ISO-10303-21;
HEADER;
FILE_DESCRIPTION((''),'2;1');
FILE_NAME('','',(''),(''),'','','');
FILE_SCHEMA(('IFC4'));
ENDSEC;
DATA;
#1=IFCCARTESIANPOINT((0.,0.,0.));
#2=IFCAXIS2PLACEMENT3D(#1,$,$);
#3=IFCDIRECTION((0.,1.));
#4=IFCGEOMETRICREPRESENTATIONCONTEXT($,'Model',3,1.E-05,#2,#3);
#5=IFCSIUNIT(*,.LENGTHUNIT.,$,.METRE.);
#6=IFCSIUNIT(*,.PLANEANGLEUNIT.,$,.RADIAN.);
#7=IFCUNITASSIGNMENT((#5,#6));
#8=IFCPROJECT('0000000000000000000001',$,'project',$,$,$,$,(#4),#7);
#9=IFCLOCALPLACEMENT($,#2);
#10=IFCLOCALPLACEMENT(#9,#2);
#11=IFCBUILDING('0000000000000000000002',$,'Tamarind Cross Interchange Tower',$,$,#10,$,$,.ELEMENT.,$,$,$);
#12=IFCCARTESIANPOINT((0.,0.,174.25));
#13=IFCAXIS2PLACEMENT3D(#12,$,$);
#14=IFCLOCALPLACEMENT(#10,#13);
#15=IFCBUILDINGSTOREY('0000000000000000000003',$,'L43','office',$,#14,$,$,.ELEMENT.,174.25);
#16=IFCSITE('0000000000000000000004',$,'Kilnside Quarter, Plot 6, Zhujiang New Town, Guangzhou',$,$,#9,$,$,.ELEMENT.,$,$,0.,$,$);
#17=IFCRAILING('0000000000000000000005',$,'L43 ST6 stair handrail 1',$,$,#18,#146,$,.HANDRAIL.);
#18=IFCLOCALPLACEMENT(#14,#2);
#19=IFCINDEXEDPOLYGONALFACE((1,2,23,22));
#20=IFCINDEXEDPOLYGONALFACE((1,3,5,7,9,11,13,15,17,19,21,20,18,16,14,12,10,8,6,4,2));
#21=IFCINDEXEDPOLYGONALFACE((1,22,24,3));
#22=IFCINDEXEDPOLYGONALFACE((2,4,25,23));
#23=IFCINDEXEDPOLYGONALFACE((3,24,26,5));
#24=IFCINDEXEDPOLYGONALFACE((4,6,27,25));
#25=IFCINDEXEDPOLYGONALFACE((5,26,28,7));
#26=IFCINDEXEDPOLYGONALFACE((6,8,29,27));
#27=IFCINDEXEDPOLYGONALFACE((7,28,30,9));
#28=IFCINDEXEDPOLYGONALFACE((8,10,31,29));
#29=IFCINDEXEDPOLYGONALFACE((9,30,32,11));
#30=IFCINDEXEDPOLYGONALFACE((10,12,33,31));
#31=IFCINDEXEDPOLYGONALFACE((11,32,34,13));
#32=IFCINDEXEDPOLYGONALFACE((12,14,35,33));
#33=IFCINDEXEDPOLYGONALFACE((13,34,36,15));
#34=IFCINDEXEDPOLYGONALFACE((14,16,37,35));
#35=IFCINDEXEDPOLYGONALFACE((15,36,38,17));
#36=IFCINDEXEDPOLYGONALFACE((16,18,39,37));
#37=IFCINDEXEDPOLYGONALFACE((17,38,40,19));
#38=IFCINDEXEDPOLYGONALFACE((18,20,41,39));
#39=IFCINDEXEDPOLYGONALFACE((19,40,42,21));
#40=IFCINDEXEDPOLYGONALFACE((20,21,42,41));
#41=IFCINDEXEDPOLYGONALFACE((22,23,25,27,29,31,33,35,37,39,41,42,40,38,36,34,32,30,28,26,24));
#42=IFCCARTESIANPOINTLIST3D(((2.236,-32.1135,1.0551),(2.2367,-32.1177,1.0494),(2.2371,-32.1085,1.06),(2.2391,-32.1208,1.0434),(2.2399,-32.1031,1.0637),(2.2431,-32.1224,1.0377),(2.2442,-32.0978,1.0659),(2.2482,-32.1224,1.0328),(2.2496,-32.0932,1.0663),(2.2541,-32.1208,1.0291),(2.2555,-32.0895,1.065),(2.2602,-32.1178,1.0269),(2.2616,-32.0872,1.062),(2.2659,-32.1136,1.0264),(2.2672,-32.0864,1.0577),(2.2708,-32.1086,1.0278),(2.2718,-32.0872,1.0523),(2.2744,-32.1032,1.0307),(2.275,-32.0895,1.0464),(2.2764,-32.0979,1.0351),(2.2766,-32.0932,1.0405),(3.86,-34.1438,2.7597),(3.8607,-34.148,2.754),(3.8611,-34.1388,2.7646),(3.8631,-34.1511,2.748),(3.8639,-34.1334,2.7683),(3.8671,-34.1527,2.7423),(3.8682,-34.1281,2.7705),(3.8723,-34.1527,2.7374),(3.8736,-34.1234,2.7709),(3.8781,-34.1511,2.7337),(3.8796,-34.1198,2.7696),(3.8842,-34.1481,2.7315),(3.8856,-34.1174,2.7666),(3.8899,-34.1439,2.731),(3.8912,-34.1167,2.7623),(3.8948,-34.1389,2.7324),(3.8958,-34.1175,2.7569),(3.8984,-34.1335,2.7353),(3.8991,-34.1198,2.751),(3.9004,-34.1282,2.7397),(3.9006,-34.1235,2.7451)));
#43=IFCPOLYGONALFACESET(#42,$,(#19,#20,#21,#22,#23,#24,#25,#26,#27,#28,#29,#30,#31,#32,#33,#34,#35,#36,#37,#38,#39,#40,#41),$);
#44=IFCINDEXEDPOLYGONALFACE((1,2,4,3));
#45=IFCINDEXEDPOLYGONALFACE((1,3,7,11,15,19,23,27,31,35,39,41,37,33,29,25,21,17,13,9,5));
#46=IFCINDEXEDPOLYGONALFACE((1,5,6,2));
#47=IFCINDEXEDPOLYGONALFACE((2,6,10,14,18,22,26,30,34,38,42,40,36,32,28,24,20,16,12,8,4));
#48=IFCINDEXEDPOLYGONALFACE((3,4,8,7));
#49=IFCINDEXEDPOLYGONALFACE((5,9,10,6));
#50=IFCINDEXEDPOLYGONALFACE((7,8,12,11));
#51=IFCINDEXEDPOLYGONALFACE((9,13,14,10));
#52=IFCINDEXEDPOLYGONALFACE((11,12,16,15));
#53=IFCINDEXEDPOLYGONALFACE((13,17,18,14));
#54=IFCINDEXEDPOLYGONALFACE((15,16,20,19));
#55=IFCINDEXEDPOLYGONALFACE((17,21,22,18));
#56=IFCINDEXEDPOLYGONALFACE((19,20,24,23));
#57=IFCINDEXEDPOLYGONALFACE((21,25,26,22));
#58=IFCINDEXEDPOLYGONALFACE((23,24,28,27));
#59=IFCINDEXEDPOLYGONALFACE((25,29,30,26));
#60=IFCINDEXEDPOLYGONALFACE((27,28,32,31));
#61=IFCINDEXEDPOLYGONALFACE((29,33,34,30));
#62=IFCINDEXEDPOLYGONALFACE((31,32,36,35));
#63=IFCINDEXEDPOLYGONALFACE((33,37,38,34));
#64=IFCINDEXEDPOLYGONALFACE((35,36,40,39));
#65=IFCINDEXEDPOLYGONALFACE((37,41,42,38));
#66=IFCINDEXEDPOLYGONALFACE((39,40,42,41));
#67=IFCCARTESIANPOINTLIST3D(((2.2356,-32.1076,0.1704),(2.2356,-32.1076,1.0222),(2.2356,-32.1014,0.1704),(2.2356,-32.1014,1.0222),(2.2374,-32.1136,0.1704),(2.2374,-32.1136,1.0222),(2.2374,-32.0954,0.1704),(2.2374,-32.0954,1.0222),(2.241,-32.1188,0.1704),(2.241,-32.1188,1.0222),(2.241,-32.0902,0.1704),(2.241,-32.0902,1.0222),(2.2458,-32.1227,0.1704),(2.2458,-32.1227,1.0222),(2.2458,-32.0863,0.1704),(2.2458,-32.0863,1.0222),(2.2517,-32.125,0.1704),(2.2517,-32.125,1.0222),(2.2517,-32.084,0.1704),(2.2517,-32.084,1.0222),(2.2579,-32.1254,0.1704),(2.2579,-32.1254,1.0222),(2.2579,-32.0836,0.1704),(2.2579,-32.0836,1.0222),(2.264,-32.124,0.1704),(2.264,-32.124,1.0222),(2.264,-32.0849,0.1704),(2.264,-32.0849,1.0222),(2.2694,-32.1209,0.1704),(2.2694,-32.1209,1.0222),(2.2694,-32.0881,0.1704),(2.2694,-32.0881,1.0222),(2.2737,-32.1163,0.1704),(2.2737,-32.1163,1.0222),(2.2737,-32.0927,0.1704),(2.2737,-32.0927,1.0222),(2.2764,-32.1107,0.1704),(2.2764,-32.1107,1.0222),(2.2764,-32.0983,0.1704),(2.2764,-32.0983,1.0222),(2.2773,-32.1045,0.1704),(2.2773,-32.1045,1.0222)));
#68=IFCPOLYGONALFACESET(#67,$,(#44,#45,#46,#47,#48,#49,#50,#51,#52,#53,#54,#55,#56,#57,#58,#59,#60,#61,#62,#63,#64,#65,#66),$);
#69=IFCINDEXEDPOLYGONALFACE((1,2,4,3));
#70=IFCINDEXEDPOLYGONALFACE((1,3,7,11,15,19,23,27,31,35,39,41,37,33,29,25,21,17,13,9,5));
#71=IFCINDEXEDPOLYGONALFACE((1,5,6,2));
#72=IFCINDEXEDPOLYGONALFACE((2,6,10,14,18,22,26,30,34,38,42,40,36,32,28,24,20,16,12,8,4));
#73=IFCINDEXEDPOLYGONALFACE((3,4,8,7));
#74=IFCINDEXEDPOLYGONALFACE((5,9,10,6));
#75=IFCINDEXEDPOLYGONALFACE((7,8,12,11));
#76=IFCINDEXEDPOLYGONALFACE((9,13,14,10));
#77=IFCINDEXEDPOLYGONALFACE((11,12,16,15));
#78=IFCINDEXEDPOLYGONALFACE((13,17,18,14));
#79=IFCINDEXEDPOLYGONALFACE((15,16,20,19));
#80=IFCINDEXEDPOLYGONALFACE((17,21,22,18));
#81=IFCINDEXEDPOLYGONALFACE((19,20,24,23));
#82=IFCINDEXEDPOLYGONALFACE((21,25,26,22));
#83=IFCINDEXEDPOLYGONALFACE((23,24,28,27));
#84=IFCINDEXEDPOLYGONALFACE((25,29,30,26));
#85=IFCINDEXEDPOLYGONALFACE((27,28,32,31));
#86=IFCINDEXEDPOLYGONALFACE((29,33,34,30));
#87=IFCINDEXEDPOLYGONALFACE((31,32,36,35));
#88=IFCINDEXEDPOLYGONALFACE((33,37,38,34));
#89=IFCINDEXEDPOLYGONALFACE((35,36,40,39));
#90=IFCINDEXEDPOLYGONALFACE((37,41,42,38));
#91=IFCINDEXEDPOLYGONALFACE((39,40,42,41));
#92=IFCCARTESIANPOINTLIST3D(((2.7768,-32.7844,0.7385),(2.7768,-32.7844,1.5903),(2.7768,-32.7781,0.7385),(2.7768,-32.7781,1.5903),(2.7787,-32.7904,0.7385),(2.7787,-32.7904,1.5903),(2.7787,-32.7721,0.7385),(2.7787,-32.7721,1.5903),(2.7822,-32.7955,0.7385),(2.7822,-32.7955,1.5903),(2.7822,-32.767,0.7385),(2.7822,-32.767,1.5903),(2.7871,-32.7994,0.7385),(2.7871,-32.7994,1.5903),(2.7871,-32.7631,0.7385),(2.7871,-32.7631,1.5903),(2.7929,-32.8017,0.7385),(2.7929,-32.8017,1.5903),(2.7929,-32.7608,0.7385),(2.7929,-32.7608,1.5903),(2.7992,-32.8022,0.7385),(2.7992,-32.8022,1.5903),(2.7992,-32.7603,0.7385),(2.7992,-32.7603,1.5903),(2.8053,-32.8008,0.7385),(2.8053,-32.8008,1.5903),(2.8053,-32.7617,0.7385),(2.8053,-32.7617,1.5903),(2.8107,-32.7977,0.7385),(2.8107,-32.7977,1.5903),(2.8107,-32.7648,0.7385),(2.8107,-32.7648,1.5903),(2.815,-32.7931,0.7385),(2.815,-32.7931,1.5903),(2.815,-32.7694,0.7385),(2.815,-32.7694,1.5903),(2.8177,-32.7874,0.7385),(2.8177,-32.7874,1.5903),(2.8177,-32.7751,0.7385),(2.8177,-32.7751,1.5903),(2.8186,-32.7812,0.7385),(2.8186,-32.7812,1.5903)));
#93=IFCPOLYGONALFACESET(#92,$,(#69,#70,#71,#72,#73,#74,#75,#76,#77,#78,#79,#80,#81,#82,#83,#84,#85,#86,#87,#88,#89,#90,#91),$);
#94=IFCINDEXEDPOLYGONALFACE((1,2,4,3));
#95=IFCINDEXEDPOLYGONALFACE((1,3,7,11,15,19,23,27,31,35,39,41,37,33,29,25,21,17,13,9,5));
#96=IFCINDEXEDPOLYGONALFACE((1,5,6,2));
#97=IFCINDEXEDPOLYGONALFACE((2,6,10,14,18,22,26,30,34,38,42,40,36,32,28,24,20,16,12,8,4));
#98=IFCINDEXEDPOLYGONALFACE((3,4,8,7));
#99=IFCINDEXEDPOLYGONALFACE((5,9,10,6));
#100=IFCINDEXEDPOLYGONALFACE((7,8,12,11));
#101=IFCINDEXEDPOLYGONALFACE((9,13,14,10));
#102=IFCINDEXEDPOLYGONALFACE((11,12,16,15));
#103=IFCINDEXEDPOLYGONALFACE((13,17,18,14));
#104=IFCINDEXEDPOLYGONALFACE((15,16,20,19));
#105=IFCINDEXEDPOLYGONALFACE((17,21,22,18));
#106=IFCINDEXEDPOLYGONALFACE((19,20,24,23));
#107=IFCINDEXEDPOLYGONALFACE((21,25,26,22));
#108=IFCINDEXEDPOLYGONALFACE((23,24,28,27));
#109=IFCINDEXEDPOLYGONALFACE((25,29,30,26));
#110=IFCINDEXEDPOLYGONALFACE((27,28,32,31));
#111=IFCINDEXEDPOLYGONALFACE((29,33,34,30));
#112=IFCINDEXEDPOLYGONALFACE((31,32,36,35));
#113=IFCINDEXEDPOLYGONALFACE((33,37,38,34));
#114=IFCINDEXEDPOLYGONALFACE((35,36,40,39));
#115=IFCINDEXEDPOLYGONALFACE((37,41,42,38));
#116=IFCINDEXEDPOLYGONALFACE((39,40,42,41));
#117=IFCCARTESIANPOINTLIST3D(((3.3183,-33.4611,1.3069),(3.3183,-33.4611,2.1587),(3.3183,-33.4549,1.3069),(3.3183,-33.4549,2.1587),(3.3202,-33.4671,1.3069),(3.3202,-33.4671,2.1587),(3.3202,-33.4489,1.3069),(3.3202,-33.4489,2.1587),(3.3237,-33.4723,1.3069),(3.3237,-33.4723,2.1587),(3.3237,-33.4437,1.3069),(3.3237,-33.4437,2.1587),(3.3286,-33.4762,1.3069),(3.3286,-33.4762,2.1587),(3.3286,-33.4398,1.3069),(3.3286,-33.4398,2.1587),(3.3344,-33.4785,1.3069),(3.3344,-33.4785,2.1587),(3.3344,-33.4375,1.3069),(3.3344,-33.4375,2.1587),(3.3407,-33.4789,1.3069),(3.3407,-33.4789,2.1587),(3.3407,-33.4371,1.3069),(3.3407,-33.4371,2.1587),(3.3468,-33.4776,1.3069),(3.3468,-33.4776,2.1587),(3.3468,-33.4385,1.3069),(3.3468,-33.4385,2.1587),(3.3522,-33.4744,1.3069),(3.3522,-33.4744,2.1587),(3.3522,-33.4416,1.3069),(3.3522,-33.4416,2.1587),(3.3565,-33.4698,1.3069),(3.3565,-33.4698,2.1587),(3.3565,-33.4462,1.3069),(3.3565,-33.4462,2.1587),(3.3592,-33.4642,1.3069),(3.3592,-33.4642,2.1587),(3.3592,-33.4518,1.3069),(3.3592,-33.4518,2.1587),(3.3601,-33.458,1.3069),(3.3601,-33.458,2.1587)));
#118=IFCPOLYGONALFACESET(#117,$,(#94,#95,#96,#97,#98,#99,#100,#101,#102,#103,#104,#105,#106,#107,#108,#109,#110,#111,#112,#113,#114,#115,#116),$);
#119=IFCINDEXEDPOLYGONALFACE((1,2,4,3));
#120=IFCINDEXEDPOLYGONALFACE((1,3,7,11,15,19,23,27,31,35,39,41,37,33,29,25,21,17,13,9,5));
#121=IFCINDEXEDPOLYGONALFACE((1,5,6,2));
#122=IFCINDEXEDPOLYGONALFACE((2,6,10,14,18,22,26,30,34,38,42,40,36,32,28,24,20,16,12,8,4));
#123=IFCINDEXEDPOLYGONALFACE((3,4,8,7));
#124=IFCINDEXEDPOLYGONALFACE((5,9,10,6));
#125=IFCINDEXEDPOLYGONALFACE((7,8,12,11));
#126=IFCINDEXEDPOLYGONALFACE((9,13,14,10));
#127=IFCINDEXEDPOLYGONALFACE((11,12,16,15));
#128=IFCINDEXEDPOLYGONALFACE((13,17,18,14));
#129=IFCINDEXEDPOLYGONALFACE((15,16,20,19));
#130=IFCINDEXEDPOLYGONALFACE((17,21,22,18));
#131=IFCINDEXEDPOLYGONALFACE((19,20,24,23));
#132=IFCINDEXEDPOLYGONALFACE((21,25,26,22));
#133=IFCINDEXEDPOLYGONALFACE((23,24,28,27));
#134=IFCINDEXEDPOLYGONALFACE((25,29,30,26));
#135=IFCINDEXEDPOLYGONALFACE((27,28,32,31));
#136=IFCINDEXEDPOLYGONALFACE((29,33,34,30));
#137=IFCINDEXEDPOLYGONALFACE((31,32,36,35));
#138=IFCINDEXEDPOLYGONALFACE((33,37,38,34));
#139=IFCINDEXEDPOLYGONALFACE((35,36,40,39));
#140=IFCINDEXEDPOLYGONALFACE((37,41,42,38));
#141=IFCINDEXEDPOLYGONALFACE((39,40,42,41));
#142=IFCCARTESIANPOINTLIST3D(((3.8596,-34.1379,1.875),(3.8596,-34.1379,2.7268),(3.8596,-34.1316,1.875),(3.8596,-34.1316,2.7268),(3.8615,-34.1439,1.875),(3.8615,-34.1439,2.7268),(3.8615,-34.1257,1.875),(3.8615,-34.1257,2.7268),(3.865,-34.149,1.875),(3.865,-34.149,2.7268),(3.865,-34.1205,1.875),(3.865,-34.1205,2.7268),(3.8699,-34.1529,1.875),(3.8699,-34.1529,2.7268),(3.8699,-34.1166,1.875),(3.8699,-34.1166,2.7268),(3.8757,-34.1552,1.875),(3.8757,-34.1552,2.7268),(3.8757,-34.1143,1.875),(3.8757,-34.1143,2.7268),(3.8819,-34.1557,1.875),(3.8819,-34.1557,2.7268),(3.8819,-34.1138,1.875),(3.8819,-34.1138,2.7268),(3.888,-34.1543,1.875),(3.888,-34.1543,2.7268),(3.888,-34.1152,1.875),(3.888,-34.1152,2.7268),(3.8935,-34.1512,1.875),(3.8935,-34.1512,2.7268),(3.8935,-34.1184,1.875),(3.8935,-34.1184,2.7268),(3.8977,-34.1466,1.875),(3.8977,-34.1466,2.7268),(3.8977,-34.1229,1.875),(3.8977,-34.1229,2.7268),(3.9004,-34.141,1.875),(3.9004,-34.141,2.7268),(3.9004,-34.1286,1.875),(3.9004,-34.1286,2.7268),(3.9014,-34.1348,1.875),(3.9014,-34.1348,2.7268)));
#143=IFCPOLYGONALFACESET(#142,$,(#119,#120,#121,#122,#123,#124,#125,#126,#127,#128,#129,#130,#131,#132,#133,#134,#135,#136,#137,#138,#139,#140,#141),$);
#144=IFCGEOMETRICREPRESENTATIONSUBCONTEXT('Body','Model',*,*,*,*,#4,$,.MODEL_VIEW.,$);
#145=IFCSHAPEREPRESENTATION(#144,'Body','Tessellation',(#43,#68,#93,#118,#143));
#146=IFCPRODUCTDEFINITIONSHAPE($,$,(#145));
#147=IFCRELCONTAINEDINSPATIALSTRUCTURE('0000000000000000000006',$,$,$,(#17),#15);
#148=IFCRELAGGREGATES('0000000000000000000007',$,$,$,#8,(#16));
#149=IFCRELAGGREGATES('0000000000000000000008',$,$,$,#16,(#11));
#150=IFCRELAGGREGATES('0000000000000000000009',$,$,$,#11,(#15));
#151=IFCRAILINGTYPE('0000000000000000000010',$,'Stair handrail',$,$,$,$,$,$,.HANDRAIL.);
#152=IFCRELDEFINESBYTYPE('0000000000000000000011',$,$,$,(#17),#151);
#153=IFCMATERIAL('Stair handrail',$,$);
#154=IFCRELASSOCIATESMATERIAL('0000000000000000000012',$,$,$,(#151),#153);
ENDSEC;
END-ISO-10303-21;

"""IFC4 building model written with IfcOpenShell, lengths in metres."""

from ifc_helpers import new_model, si_unit, direction, frame, origin, origin_2d, place, context, subcontext, project, spatial, circle, extrude, material, type_object, element, save


model = new_model("IFC4")

# Units and contexts
model_context = context("Model", 3, precision=1e-05, world=origin(), true_north=direction((0.0, 1.0)))
body_context = subcontext(model_context, "Body", "Model", "MODEL_VIEW")
ifc_project = project(units=[si_unit("LENGTHUNIT", "METRE"), si_unit("PLANEANGLEUNIT", "RADIAN")], contexts=[model_context])

# Site, building, storey
site_placement = place(None, origin())
site = spatial("IfcSite", under=ifc_project, at=site_placement, Name="Kilnside Quarter, Plot 6, Zhujiang New Town, Guangzhou", CompositionType="ELEMENT", RefElevation=0.0)
building_placement = place(site_placement, origin())
building = spatial("IfcBuilding", under=site, at=building_placement, Name="Tamarind Cross Interchange Tower", CompositionType="ELEMENT")
storey_placement = place(building_placement, frame((0.0, 0.0, 174.25)))
storey = spatial("IfcBuildingStorey", under=building, at=storey_placement, Name="L43", Description="office", CompositionType="ELEMENT", Elevation=174.25)

# Railing
ifc_material_1 = material(Name="Stair handrail")
railing_type_1 = type_object("IfcRailingType", Name="Stair handrail", PredefinedType="HANDRAIL", material=ifc_material_1)
railing_1_placement = place(storey_placement, frame((2.2563, -32.1045, 0.1704)))
element("IfcRailing", 1, at=railing_1_placement, inside=storey, type_object=railing_type_1, Name="L43 ST6 stair handrail 1", PredefinedType="HANDRAIL", context=body_context, shape_type="SweptSolid", body=[
    extrude(circle(Radius=0.0239, at=origin_2d()), frame((0.0, 0.0, 0.876), z_axis=(0.522383, -0.653058, 0.548298), x_axis=(0.780905, 0.624649, 0.0)), (0.0, 0.0, 1.0), 3.1089),
    extrude(circle(Radius=0.021, at=origin_2d()), origin(), (0.0, 0.0, 1.0), 0.8518),
    extrude(circle(Radius=0.021, at=origin_2d()), frame((0.5413, -0.6768, 0.5681)), (0.0, 0.0, 1.0), 0.8518),
    extrude(circle(Radius=0.021, at=origin_2d()), frame((1.0828, -1.3535, 1.1365)), (0.0, 0.0, 1.0), 0.8518),
    extrude(circle(Radius=0.021, at=origin_2d()), frame((1.624, -2.0303, 1.7046)), (0.0, 0.0, 1.0), 0.8518),
])

save(model, "model.ifc")
